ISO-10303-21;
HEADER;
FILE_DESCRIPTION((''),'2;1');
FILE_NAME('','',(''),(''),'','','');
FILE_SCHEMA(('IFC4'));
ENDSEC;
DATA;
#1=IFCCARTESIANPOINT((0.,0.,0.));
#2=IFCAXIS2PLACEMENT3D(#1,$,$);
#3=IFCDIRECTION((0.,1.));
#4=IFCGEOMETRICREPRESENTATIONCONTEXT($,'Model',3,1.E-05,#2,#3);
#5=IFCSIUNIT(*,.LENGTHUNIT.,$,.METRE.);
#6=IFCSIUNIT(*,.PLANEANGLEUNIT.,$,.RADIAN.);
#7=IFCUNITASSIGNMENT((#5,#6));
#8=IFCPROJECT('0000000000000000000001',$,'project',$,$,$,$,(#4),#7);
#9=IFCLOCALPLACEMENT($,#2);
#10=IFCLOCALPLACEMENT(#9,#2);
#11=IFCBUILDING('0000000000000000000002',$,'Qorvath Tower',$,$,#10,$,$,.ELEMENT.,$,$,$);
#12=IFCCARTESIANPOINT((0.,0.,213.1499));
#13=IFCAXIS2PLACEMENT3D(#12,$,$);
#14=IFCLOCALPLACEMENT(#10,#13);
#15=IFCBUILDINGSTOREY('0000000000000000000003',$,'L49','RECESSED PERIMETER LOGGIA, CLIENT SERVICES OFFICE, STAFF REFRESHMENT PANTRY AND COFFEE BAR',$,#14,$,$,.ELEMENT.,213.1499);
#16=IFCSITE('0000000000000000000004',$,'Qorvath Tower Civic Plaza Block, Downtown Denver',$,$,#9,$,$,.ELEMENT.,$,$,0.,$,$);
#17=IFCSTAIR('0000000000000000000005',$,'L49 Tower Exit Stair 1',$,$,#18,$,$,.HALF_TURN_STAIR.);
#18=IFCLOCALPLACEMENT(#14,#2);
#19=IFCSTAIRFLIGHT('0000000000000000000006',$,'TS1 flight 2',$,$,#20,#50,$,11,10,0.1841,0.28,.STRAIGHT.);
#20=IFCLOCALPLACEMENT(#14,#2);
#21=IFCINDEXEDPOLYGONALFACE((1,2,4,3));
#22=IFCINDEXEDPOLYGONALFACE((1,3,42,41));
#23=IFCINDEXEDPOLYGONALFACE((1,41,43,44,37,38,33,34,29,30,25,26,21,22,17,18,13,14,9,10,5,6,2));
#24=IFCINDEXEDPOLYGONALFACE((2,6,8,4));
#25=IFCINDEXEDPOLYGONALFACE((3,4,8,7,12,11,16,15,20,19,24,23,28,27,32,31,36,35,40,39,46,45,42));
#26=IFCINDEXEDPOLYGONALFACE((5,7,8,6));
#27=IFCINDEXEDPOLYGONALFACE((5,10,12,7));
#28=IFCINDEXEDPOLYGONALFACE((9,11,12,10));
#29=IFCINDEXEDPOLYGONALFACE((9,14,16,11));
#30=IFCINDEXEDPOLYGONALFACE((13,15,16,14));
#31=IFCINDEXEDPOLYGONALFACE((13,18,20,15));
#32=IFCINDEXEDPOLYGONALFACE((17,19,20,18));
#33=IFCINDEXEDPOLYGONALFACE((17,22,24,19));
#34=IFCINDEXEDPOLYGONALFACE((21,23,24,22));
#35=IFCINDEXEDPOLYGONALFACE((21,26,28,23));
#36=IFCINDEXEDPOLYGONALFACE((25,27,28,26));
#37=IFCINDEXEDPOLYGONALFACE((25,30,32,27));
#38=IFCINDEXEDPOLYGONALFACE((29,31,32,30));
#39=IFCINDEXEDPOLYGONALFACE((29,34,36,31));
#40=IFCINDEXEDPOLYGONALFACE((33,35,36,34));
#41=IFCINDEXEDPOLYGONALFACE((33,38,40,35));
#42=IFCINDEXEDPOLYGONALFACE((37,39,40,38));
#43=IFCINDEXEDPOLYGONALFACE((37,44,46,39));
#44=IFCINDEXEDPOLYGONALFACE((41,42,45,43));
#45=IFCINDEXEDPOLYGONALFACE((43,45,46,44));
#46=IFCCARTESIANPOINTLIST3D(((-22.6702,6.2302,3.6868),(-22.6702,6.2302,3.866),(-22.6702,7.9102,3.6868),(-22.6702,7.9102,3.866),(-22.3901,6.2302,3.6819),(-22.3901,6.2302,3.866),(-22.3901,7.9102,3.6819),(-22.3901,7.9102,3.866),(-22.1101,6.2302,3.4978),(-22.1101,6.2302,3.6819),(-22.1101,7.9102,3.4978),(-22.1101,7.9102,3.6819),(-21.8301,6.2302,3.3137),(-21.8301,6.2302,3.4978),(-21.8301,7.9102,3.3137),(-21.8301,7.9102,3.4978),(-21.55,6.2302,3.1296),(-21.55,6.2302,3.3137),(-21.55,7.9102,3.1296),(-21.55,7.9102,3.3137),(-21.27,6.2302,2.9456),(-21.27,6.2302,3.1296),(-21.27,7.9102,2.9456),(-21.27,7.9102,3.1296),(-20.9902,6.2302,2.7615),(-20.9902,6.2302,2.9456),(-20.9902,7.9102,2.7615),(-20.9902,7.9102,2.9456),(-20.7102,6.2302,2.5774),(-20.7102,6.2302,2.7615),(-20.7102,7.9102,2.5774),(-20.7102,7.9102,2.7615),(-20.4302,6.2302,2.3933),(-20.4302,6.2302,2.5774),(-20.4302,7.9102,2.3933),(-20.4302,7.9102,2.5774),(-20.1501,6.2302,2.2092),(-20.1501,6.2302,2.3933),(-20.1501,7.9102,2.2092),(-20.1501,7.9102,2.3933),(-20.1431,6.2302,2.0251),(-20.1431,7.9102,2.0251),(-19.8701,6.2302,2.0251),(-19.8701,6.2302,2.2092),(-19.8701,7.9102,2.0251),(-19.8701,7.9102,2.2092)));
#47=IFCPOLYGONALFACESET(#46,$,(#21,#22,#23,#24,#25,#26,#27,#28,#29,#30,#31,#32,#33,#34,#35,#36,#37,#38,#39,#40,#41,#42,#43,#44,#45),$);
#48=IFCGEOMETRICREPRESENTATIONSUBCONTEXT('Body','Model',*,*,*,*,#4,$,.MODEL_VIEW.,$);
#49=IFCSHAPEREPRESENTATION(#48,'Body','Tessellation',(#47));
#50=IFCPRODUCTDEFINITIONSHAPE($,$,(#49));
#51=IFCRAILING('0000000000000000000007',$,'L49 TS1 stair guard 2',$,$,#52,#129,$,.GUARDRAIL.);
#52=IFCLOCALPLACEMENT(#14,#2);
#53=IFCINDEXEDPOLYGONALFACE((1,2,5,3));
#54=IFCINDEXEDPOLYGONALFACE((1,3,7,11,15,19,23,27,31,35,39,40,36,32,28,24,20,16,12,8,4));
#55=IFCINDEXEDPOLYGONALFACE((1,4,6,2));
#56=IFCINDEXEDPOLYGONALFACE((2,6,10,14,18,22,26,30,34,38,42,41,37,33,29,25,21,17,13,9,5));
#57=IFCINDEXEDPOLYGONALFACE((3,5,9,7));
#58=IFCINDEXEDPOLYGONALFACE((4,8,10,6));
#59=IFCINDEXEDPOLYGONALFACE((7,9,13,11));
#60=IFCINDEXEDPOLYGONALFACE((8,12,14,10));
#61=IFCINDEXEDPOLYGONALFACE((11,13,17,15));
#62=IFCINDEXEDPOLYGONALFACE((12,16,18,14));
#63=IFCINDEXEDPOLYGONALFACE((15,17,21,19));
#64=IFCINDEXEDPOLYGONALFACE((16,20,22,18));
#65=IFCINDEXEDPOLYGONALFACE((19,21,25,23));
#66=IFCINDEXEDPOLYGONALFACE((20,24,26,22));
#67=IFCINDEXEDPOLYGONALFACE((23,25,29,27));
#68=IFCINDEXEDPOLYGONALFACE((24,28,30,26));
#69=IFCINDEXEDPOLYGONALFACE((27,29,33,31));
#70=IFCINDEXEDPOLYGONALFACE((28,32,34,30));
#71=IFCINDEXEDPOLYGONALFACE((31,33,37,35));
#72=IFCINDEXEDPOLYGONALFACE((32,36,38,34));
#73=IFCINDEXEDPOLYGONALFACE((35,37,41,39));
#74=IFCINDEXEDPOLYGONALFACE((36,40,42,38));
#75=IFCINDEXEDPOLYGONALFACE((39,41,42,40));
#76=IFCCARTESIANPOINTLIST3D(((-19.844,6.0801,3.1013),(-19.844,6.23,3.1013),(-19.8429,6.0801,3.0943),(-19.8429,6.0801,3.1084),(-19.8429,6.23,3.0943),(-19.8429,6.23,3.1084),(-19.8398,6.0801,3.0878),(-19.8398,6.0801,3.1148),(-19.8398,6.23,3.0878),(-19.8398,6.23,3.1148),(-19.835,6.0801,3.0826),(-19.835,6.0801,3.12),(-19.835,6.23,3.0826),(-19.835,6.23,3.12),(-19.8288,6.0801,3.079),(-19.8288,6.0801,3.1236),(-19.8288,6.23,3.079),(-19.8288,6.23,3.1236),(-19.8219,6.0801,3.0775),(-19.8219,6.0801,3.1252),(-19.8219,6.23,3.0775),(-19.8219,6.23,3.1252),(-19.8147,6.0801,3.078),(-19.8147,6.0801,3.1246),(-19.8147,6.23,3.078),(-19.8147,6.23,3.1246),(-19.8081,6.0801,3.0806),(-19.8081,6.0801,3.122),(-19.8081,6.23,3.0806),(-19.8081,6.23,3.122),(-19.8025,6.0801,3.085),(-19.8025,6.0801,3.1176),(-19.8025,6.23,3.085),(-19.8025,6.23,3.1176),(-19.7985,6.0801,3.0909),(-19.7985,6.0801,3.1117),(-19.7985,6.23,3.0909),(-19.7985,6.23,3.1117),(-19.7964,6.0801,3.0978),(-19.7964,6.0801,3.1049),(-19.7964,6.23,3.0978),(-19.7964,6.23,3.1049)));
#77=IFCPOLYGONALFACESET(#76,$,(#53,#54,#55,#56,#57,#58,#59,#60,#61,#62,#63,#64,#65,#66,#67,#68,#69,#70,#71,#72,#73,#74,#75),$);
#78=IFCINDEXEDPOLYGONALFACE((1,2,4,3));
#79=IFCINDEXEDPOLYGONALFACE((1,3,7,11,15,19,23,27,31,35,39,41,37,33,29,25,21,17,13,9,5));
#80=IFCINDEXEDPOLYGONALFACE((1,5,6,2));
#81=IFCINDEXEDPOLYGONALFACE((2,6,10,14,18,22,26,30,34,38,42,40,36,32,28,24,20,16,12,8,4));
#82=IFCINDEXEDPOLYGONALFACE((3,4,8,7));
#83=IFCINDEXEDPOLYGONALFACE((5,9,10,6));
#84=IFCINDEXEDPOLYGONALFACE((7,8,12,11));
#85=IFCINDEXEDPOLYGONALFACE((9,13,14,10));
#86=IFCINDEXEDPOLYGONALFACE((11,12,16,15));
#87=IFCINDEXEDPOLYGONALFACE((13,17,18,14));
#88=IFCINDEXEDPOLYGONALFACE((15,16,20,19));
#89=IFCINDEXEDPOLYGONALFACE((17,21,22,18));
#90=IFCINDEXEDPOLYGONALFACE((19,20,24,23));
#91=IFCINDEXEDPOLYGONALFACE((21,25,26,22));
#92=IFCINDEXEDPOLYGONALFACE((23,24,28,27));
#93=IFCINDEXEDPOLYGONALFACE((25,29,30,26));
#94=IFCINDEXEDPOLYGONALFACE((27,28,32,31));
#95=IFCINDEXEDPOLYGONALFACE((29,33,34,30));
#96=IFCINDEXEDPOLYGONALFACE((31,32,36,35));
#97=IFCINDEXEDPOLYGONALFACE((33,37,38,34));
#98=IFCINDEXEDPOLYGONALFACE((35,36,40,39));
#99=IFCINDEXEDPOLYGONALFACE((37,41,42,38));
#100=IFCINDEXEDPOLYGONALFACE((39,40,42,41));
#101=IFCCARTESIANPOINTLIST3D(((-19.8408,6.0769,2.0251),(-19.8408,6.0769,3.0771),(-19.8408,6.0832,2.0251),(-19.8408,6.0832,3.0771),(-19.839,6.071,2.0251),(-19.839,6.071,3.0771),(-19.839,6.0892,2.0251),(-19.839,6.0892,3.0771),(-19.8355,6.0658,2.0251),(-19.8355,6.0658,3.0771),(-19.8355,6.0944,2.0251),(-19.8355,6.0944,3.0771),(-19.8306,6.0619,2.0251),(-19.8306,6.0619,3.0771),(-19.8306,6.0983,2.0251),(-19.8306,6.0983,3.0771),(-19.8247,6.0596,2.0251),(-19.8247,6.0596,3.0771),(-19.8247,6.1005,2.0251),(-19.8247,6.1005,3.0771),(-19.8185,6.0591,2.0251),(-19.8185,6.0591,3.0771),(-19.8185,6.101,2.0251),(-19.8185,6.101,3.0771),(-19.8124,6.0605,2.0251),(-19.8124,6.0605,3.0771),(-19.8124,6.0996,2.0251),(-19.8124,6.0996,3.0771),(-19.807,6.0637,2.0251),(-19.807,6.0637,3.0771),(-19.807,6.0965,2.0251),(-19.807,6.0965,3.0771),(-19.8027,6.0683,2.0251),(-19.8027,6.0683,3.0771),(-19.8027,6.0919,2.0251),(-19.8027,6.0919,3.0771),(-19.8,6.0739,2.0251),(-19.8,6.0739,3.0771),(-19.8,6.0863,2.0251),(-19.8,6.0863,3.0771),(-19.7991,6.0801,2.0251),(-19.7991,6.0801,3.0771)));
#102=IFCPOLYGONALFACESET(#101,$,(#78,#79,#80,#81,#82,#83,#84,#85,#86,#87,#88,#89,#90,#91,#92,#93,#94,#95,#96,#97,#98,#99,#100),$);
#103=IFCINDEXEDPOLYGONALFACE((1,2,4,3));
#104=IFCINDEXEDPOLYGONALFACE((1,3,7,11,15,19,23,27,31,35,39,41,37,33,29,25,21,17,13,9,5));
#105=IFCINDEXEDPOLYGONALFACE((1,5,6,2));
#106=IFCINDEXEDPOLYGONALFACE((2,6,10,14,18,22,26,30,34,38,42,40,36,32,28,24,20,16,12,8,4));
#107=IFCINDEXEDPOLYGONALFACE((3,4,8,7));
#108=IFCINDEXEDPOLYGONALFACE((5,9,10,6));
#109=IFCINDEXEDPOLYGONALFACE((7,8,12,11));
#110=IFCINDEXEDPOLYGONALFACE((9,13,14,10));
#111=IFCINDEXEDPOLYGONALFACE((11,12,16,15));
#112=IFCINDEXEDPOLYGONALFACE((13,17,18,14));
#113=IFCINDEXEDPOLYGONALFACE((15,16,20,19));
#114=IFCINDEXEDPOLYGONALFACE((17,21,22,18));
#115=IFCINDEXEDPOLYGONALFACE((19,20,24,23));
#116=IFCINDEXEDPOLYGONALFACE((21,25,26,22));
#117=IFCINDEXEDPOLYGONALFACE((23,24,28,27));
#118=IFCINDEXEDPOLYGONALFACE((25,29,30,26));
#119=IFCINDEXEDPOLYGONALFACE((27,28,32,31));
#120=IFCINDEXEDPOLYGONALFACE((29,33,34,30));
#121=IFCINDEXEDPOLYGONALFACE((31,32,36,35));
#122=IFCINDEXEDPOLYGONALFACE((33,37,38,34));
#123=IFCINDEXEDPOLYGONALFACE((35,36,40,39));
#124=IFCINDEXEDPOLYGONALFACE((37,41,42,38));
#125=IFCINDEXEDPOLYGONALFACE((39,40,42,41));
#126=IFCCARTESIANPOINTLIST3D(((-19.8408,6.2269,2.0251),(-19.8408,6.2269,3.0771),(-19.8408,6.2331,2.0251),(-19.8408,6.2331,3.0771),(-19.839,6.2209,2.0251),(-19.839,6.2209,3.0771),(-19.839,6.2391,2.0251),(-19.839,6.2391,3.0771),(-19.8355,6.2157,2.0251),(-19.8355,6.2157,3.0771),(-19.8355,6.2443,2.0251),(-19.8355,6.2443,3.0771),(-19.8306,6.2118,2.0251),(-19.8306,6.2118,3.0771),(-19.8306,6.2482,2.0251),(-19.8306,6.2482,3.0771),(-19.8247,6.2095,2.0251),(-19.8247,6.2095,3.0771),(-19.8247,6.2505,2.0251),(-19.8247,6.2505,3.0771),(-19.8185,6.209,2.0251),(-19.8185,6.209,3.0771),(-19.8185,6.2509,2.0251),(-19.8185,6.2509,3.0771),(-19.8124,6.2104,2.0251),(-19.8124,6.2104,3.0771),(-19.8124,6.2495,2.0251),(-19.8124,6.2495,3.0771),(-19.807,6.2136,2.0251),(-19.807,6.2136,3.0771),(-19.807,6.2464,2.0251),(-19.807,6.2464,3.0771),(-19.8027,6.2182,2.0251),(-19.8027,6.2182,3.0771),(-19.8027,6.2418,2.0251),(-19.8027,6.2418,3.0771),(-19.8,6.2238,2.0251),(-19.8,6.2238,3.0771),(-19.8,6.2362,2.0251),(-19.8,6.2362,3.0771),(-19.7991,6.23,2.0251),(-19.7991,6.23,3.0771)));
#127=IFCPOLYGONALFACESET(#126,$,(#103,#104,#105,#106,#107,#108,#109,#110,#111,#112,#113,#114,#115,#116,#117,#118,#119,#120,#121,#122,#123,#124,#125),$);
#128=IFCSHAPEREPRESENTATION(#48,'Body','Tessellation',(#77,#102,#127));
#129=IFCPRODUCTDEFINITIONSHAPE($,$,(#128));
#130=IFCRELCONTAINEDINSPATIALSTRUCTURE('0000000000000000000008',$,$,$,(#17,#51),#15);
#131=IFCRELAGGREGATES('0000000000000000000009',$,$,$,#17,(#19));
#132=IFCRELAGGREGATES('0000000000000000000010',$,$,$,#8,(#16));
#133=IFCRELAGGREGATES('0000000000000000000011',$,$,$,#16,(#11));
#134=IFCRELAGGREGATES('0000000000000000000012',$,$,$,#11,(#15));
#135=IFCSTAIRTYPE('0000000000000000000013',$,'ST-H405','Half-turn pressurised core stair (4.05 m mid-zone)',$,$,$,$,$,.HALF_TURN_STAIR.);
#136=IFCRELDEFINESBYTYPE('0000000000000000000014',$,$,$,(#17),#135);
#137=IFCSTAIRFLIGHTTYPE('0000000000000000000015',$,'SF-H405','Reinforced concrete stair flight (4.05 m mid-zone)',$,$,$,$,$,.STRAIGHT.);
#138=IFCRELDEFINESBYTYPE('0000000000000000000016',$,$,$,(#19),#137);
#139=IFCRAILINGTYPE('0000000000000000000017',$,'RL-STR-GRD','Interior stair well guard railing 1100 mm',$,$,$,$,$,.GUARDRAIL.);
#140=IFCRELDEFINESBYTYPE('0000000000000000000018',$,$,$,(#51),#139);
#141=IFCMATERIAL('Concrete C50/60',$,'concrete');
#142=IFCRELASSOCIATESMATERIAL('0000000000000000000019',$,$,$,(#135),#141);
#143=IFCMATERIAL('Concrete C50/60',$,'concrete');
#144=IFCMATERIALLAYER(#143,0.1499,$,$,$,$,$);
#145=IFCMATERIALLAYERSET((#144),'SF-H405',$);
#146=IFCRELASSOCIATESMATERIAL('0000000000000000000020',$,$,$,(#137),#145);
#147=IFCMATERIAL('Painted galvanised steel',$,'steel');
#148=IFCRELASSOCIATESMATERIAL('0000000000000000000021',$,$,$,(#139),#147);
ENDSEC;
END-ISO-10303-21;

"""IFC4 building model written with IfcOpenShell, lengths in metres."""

from ifc_helpers import new_model, si_unit, direction, frame, origin, origin_2d, place, context, subcontext, project, spatial, polyline, circle, outline, extrude, material, layer, layer_set, type_object, element, aggregate, save


model = new_model("IFC4")

# Units and contexts
model_context = context("Model", 3, precision=1e-05, world=origin(), true_north=direction((0.0, 1.0)))
body_context = subcontext(model_context, "Body", "Model", "MODEL_VIEW")
ifc_project = project(units=[si_unit("LENGTHUNIT", "METRE"), si_unit("PLANEANGLEUNIT", "RADIAN")], contexts=[model_context])

# Site, building, storey
site_placement = place(None, origin())
site = spatial("IfcSite", under=ifc_project, at=site_placement, Name="Qorvath Tower Civic Plaza Block, Downtown Denver", CompositionType="ELEMENT", RefElevation=0.0)
building_placement = place(site_placement, origin())
building = spatial("IfcBuilding", under=site, at=building_placement, Name="Qorvath Tower", CompositionType="ELEMENT")
storey_placement = place(building_placement, frame((0.0, 0.0, 213.1499)))
storey = spatial("IfcBuildingStorey", under=building, at=storey_placement, Name="L49", Description="RECESSED PERIMETER LOGGIA, CLIENT SERVICES OFFICE, STAFF REFRESHMENT PANTRY AND COFFEE BAR", CompositionType="ELEMENT", Elevation=213.1499)

# Stair, stair flight
ifc_material_1 = material(Name="Concrete C50/60", Category="concrete")
stair_type = type_object("IfcStairType", Name="ST-H405", Description="Half-turn pressurised core stair (4.05 m mid-zone)", PredefinedType="HALF_TURN_STAIR", material=ifc_material_1)
stair_placement = place(storey_placement, origin())
stair = element("IfcStair", 1, at=stair_placement, inside=storey, type_object=stair_type, Name="L49 Tower Exit Stair 1", PredefinedType="HALF_TURN_STAIR")
ifc_material_2 = material(Name="Concrete C50/60", Category="concrete")
ifc_layer_1 = layer(ifc_material_2, 0.1499)
ifc_layer_set_1 = layer_set([ifc_layer_1], Name="SF-H405")
stair_flight_type = type_object("IfcStairFlightType", Name="SF-H405", Description="Reinforced concrete stair flight (4.05 m mid-zone)", PredefinedType="STRAIGHT", material=ifc_layer_set_1)
stair_flight_placement = place(storey_placement, frame((-19.8701, 7.0701, 2.0251), z_axis=(0.0, 0.0, 1.0), x_axis=(-1.0, 0.0, 0.0)))
stair_flight = element("IfcStairFlight", 2, at=stair_flight_placement, type_object=stair_flight_type, Name="TS1 flight 2", NumberOfRisers=11, NumberOfTreads=10, PredefinedType="STRAIGHT", RiserHeight=0.1841, TreadLength=0.28, context=body_context, shape_type="SweptSolid", body=[
    extrude(outline(polyline([(0.0, 0.0), (0.0, 0.1841), (0.28, 0.1841), (0.28, 0.3682), (0.5601, 0.3682), (0.5601, 0.5522), (0.8401, 0.5522), (0.8401, 0.7363), (1.1201, 0.7363), (1.1201, 0.9204), (1.3999, 0.9204), (1.3999, 1.1045), (1.6799, 1.1045), (1.6799, 1.2886), (1.96, 1.2886), (1.96, 1.4727), (2.24, 1.4727), (2.24, 1.6567), (2.52, 1.6567), (2.52, 1.8408), (2.8, 1.8408), (2.8, 2.0249), (2.8, 1.6616), (0.2729, 0.0), (0.0, 0.0)])), frame((0.0, 0.8398, 0.0), z_axis=(0.0, -1.0, 0.0), x_axis=(1.0, 0.0, 0.0)), (0.0, 0.0, 1.0), 1.6799),
])
aggregate(stair, [stair_flight])

# Railing
ifc_material_3 = material(Name="Painted galvanised steel", Category="steel")
railing_type_1 = type_object("IfcRailingType", Name="RL-STR-GRD", Description="Interior stair well guard railing 1100 mm", PredefinedType="GUARDRAIL", material=ifc_material_3)
railing_1_placement = place(storey_placement, frame((-19.8201, 6.0801, 2.0251)))
element("IfcRailing", 3, at=railing_1_placement, inside=storey, type_object=railing_type_1, Name="L49 TS1 stair guard 2", PredefinedType="GUARDRAIL", context=body_context, shape_type="SweptSolid", body=[
    extrude(circle(Radius=0.0239, at=origin_2d()), frame((0.0, 0.0, 1.0762), z_axis=(0.0, 1.0, 0.0), x_axis=(-1.0, 0.0, 0.0)), (0.0, 0.0, 1.0), 0.1499),
    extrude(circle(Radius=0.021, at=origin_2d()), origin(), (0.0, 0.0, 1.0), 1.052),
    extrude(circle(Radius=0.021, at=origin_2d()), frame((0.0, 0.1499, 0.0)), (0.0, 0.0, 1.0), 1.052),
])

save(model, "model.ifc")
